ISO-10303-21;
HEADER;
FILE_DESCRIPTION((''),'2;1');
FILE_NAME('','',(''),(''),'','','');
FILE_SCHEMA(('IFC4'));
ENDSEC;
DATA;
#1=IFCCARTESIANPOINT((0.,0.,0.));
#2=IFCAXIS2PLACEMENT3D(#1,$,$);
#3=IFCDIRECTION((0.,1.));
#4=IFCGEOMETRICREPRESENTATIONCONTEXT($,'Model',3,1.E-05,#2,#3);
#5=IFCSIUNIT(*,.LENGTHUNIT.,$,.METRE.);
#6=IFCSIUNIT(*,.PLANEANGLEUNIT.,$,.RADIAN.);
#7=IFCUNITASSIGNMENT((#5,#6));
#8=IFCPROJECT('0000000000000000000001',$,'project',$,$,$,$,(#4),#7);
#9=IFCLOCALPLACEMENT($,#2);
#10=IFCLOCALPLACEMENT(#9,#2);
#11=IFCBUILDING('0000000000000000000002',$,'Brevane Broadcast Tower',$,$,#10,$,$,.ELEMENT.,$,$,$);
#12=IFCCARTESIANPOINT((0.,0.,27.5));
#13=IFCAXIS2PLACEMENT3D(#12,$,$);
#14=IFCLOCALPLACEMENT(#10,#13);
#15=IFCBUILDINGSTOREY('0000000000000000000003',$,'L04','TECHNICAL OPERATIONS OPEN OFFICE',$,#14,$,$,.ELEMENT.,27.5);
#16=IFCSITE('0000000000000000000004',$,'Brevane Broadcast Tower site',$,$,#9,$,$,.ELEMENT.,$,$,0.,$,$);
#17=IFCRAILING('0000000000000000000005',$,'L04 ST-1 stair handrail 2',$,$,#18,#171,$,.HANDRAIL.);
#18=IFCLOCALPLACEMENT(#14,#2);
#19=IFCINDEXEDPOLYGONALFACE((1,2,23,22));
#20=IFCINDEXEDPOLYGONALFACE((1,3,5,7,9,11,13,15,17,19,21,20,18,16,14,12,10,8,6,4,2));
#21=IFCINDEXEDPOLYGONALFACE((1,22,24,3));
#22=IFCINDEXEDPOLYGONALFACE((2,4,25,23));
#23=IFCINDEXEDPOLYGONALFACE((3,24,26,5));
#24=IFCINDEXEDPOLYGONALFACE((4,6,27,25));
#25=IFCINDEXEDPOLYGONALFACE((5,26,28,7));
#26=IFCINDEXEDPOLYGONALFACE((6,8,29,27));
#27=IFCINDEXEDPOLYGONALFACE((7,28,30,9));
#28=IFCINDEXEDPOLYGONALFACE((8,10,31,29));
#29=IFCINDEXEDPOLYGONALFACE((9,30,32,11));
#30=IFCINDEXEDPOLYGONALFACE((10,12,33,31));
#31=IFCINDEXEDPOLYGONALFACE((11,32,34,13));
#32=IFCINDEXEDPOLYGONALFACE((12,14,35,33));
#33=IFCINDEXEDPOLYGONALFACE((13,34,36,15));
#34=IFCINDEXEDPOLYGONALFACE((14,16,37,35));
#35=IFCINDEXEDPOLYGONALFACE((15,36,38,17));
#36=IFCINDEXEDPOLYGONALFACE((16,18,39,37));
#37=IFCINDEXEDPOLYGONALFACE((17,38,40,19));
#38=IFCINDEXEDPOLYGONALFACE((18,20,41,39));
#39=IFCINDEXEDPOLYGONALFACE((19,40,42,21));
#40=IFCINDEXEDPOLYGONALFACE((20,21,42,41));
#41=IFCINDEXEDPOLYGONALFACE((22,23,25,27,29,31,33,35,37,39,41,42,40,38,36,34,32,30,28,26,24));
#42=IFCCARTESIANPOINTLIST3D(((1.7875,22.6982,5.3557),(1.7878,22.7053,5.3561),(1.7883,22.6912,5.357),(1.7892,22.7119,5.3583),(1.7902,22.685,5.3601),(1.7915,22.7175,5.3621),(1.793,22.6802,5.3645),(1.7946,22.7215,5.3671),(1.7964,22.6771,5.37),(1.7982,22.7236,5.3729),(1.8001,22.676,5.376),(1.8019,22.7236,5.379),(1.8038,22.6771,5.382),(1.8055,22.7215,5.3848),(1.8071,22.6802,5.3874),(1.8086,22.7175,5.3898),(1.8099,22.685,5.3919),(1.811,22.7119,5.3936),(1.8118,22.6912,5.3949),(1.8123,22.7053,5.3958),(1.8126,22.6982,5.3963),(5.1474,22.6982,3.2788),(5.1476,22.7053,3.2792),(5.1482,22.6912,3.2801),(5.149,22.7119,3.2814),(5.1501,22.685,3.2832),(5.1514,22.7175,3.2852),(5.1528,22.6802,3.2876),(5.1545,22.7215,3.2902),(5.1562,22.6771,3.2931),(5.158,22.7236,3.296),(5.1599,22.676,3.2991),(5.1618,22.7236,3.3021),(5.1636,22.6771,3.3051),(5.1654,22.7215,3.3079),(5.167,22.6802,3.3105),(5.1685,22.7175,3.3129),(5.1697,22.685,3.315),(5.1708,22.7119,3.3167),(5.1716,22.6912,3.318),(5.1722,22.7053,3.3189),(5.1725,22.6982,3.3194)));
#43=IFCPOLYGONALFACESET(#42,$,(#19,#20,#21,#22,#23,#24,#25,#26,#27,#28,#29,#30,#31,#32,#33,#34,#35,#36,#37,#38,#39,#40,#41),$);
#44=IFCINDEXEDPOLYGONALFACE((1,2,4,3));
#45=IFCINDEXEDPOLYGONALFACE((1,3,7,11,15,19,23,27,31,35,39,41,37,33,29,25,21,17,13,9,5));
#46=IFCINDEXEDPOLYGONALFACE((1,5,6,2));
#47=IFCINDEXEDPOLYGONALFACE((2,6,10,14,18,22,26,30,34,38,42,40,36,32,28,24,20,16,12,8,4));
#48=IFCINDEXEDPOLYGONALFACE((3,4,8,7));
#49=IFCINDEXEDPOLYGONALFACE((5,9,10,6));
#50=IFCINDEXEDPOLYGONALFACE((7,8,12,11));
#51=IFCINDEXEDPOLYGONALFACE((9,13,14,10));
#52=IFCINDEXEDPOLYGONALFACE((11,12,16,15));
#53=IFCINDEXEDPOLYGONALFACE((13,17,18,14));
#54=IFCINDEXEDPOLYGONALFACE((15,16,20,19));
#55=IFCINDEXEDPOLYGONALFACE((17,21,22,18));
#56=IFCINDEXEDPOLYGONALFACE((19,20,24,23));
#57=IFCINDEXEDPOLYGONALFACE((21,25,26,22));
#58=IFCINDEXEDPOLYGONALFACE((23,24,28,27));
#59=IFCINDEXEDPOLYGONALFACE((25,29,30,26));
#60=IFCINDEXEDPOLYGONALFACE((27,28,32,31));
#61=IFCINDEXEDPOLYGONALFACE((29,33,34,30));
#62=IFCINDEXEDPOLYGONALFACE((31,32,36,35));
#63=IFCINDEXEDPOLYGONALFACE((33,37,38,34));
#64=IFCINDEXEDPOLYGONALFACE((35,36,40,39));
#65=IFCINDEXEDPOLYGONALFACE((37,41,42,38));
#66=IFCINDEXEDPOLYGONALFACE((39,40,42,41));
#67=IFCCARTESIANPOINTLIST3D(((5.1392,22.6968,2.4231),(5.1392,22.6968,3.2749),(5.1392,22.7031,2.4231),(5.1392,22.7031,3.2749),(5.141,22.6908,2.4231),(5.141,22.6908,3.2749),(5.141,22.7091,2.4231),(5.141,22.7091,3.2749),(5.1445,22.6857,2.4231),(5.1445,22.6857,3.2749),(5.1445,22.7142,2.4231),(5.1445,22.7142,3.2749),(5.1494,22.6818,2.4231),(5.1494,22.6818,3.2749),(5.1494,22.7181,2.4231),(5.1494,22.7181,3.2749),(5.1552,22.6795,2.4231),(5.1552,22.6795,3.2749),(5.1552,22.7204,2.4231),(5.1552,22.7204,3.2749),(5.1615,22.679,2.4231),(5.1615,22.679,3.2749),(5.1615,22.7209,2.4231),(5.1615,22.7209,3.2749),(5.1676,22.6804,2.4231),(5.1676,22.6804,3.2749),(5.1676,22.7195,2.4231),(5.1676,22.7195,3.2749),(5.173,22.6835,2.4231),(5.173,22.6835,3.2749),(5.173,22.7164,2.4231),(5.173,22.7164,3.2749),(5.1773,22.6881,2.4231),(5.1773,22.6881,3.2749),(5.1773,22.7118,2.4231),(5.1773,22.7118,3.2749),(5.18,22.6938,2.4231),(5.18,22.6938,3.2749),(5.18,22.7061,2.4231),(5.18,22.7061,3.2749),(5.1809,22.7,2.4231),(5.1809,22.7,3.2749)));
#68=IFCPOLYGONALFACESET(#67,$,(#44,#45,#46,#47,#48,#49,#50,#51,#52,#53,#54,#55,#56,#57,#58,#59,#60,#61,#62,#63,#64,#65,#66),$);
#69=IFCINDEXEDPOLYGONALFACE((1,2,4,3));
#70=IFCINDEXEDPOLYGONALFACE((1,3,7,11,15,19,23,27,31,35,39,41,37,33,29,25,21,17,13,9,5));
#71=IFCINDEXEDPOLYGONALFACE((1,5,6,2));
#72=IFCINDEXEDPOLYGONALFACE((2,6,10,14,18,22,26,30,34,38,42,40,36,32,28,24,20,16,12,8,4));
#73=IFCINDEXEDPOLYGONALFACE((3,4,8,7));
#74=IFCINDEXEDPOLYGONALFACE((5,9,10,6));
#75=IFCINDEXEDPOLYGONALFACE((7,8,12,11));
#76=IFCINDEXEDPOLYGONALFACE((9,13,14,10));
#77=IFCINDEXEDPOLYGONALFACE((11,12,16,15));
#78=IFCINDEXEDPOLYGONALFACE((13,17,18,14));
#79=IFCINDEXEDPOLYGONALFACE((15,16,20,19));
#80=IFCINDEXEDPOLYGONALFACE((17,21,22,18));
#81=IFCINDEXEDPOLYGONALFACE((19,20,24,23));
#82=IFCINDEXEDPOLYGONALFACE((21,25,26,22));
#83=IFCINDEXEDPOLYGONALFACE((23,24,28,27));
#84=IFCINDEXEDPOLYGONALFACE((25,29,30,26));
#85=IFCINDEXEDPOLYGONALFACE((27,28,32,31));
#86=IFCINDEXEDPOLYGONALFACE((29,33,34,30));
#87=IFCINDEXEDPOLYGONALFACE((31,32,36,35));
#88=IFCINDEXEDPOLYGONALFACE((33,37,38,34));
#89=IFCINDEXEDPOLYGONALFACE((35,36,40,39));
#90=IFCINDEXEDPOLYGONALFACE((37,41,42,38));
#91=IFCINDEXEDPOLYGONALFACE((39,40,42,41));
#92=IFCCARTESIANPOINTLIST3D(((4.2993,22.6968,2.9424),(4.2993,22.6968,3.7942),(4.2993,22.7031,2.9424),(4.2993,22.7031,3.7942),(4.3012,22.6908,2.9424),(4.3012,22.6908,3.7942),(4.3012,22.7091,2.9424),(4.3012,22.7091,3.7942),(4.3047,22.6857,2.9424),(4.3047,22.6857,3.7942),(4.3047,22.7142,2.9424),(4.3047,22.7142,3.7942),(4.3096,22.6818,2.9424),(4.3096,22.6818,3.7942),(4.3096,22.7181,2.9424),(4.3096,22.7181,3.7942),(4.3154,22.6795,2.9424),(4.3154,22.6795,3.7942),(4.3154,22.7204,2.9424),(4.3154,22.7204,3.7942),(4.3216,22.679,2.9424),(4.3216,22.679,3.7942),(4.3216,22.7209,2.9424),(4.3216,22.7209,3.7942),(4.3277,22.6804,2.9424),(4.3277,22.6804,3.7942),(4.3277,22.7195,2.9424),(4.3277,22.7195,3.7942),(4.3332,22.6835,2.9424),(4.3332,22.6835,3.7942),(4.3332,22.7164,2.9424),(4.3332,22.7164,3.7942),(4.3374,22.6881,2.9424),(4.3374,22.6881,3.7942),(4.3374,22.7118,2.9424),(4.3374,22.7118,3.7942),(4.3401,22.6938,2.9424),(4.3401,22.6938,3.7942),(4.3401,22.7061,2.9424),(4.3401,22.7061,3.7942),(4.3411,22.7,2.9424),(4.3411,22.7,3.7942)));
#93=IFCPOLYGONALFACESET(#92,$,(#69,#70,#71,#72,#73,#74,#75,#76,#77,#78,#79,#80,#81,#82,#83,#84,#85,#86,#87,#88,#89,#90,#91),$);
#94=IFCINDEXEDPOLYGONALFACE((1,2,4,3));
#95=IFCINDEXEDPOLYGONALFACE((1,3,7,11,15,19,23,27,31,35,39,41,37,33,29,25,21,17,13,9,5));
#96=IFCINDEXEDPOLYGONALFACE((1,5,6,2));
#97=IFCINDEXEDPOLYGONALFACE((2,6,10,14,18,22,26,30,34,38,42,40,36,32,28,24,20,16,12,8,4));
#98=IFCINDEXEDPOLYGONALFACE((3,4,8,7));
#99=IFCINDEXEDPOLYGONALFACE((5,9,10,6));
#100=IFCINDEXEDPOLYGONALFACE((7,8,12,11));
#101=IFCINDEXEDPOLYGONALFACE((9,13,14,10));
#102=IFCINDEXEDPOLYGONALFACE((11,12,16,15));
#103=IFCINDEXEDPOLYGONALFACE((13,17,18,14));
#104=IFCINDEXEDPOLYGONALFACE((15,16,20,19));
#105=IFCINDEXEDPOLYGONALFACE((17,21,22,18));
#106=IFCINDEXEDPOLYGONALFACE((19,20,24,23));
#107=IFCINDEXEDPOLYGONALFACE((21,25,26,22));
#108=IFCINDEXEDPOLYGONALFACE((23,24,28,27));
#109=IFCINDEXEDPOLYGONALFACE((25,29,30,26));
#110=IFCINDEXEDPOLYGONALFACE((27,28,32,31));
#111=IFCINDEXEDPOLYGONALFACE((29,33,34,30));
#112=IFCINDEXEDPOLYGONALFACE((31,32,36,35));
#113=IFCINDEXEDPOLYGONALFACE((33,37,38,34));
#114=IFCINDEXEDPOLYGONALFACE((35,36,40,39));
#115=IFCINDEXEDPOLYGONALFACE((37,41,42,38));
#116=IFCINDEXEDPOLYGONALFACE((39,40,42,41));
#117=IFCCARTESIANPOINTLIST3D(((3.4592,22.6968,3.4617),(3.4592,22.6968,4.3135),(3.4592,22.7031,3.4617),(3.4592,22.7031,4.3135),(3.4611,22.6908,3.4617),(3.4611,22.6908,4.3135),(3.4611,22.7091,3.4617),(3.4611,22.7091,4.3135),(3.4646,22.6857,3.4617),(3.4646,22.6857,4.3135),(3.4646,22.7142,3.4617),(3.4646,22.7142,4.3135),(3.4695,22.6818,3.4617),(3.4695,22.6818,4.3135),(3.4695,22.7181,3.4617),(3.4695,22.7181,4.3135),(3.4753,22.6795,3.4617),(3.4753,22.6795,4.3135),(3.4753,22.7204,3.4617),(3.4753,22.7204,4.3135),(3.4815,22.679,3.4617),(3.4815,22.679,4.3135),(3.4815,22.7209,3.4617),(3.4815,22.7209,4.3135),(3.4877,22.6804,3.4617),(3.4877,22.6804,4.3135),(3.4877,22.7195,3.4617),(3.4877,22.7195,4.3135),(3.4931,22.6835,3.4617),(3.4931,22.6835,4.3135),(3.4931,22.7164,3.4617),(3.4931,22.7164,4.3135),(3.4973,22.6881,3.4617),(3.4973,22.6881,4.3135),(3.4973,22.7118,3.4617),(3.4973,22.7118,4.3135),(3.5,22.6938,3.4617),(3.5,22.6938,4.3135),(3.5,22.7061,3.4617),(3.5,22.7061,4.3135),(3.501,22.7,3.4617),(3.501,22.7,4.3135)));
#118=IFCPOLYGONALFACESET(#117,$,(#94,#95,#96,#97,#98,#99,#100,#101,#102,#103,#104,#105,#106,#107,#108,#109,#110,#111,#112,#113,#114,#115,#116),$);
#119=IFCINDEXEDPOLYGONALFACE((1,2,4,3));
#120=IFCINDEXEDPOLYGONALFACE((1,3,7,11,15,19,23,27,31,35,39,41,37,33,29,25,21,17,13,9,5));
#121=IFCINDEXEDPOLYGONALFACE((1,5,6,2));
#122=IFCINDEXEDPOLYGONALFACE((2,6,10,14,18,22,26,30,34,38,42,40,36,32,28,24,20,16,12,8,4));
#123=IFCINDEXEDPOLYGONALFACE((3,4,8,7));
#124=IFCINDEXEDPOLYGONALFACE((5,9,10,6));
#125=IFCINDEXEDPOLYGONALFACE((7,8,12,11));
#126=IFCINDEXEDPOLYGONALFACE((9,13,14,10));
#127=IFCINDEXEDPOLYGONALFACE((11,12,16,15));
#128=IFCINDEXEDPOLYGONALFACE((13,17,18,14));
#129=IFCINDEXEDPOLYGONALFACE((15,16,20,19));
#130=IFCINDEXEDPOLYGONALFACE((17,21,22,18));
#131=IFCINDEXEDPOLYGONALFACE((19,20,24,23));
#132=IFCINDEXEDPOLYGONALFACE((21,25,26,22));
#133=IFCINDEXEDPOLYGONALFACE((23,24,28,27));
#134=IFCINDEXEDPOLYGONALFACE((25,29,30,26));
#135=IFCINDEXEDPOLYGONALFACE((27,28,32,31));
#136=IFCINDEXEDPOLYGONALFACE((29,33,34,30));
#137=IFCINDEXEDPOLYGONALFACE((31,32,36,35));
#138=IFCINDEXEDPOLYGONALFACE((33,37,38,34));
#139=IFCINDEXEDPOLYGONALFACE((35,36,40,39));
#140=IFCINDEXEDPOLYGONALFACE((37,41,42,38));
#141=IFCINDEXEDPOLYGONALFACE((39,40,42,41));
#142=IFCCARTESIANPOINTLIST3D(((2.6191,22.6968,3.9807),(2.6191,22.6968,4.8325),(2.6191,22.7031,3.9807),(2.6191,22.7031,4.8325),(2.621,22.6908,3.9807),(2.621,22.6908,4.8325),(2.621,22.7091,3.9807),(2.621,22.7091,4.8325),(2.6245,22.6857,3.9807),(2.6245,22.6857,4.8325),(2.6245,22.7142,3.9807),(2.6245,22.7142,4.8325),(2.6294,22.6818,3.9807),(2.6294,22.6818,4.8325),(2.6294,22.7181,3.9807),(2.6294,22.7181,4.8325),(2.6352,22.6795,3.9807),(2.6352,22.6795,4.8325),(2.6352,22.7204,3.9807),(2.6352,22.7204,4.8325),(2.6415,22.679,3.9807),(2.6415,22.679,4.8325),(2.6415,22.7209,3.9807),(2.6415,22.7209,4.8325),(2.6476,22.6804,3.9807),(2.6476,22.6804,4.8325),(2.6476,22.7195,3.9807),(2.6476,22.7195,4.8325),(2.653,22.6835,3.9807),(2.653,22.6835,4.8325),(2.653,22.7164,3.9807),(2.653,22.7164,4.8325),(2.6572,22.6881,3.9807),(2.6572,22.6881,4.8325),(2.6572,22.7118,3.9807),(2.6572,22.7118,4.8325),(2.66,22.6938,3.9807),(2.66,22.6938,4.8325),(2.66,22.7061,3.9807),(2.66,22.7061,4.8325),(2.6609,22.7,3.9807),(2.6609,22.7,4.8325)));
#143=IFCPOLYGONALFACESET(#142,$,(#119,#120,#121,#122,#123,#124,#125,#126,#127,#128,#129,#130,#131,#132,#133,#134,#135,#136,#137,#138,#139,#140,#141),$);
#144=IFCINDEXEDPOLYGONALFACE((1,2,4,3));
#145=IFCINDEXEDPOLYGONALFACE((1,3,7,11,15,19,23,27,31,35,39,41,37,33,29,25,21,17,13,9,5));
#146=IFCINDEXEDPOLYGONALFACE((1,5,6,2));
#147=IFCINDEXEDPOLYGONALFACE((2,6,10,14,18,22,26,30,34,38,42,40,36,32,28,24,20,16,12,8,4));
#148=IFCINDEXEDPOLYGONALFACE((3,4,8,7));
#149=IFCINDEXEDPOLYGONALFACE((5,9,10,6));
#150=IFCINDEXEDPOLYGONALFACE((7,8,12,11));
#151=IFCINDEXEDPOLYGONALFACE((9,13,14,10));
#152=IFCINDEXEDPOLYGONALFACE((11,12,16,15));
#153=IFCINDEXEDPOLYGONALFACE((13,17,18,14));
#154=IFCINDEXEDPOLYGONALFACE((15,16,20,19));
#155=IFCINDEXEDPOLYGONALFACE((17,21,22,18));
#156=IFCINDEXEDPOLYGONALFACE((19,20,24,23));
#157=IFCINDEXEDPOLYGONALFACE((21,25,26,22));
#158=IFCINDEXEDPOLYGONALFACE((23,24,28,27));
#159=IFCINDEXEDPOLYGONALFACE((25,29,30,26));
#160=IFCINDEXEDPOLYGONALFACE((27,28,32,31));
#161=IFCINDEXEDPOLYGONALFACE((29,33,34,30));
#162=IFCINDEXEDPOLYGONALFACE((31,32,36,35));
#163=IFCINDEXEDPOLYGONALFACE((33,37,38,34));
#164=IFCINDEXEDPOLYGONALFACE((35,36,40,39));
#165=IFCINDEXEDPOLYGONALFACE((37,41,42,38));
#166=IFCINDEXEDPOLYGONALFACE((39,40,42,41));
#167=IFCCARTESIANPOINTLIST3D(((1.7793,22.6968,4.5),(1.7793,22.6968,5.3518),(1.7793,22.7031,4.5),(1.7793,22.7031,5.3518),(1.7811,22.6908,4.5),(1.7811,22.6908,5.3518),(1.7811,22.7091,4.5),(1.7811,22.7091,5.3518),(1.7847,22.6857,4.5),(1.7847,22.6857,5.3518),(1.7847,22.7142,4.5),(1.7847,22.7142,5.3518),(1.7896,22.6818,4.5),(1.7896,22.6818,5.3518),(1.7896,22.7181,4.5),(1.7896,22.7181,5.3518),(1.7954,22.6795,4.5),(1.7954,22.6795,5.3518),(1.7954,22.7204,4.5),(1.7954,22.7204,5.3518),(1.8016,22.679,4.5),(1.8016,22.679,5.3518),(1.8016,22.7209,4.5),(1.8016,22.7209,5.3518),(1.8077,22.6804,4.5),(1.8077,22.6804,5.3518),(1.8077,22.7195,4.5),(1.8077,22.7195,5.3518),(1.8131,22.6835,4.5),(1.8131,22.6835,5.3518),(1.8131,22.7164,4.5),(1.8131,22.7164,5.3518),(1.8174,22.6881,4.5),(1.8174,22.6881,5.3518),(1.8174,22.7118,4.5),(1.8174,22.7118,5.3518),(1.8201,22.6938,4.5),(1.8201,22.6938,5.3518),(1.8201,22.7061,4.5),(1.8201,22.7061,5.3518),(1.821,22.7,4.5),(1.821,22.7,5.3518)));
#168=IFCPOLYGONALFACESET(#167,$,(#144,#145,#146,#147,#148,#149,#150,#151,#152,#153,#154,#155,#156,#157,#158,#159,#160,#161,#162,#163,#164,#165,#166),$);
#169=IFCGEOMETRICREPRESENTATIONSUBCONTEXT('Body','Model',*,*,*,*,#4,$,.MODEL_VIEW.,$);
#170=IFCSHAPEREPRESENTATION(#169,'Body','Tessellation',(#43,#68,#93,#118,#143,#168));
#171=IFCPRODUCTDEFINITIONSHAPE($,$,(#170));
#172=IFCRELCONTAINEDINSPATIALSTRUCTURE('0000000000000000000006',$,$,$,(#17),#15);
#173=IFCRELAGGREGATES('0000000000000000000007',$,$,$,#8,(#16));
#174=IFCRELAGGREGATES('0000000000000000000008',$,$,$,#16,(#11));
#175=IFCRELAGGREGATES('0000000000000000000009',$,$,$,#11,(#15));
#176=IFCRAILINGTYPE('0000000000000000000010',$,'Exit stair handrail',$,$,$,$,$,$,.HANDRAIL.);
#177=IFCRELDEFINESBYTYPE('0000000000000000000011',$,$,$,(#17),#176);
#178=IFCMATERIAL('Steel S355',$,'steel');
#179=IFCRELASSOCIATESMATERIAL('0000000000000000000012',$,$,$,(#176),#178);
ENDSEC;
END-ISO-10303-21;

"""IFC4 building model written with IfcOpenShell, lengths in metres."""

from ifc_helpers import new_model, si_unit, direction, frame, origin, origin_2d, place, context, subcontext, project, spatial, circle, extrude, material, type_object, element, save


model = new_model("IFC4")

# Units and contexts
model_context = context("Model", 3, precision=1e-05, world=origin(), true_north=direction((0.0, 1.0)))
body_context = subcontext(model_context, "Body", "Model", "MODEL_VIEW")
ifc_project = project(units=[si_unit("LENGTHUNIT", "METRE"), si_unit("PLANEANGLEUNIT", "RADIAN")], contexts=[model_context])

# Site, building, storey
site_placement = place(None, origin())
site = spatial("IfcSite", under=ifc_project, at=site_placement, Name="Brevane Broadcast Tower site", CompositionType="ELEMENT", RefElevation=0.0)
building_placement = place(site_placement, origin())
building = spatial("IfcBuilding", under=site, at=building_placement, Name="Brevane Broadcast Tower", CompositionType="ELEMENT")
storey_placement = place(building_placement, frame((0.0, 0.0, 27.5)))
storey = spatial("IfcBuildingStorey", under=building, at=storey_placement, Name="L04", Description="TECHNICAL OPERATIONS OPEN OFFICE", CompositionType="ELEMENT", Elevation=27.5)

# Railing
ifc_material_1 = material(Name="Steel S355", Category="steel")
railing_type_1 = type_object("IfcRailingType", Name="Exit stair handrail", PredefinedType="HANDRAIL", material=ifc_material_1)
railing_1_placement = place(storey_placement, frame((5.1599, 22.7, 2.4231)))
element("IfcRailing", 1, at=railing_1_placement, inside=storey, type_object=railing_type_1, Name="L04 ST-1 stair handrail 2", PredefinedType="HANDRAIL", context=body_context, shape_type="SweptSolid", body=[
    extrude(circle(Radius=0.0239, at=origin_2d()), frame((0.0, 0.0, 0.876), z_axis=(-0.850606, 0.0, 0.525803), x_axis=(0.0, -1.0, 0.0)), (0.0, 0.0, 1.0), 3.95),
    extrude(circle(Radius=0.021, at=origin_2d()), origin(), (0.0, 0.0, 1.0), 0.8518),
    extrude(circle(Radius=0.021, at=origin_2d()), frame((-0.8398, 0.0, 0.5193)), (0.0, 0.0, 1.0), 0.8518),
    extrude(circle(Radius=0.021, at=origin_2d()), frame((-1.6799, 0.0, 1.0386)), (0.0, 0.0, 1.0), 0.8518),
    extrude(circle(Radius=0.021, at=origin_2d()), frame((-2.52, 0.0, 1.5576)), (0.0, 0.0, 1.0), 0.8518),
    extrude(circle(Radius=0.021, at=origin_2d()), frame((-3.3599, 0.0, 2.0769)), (0.0, 0.0, 1.0), 0.8518),
])

save(model, "model.ifc")
